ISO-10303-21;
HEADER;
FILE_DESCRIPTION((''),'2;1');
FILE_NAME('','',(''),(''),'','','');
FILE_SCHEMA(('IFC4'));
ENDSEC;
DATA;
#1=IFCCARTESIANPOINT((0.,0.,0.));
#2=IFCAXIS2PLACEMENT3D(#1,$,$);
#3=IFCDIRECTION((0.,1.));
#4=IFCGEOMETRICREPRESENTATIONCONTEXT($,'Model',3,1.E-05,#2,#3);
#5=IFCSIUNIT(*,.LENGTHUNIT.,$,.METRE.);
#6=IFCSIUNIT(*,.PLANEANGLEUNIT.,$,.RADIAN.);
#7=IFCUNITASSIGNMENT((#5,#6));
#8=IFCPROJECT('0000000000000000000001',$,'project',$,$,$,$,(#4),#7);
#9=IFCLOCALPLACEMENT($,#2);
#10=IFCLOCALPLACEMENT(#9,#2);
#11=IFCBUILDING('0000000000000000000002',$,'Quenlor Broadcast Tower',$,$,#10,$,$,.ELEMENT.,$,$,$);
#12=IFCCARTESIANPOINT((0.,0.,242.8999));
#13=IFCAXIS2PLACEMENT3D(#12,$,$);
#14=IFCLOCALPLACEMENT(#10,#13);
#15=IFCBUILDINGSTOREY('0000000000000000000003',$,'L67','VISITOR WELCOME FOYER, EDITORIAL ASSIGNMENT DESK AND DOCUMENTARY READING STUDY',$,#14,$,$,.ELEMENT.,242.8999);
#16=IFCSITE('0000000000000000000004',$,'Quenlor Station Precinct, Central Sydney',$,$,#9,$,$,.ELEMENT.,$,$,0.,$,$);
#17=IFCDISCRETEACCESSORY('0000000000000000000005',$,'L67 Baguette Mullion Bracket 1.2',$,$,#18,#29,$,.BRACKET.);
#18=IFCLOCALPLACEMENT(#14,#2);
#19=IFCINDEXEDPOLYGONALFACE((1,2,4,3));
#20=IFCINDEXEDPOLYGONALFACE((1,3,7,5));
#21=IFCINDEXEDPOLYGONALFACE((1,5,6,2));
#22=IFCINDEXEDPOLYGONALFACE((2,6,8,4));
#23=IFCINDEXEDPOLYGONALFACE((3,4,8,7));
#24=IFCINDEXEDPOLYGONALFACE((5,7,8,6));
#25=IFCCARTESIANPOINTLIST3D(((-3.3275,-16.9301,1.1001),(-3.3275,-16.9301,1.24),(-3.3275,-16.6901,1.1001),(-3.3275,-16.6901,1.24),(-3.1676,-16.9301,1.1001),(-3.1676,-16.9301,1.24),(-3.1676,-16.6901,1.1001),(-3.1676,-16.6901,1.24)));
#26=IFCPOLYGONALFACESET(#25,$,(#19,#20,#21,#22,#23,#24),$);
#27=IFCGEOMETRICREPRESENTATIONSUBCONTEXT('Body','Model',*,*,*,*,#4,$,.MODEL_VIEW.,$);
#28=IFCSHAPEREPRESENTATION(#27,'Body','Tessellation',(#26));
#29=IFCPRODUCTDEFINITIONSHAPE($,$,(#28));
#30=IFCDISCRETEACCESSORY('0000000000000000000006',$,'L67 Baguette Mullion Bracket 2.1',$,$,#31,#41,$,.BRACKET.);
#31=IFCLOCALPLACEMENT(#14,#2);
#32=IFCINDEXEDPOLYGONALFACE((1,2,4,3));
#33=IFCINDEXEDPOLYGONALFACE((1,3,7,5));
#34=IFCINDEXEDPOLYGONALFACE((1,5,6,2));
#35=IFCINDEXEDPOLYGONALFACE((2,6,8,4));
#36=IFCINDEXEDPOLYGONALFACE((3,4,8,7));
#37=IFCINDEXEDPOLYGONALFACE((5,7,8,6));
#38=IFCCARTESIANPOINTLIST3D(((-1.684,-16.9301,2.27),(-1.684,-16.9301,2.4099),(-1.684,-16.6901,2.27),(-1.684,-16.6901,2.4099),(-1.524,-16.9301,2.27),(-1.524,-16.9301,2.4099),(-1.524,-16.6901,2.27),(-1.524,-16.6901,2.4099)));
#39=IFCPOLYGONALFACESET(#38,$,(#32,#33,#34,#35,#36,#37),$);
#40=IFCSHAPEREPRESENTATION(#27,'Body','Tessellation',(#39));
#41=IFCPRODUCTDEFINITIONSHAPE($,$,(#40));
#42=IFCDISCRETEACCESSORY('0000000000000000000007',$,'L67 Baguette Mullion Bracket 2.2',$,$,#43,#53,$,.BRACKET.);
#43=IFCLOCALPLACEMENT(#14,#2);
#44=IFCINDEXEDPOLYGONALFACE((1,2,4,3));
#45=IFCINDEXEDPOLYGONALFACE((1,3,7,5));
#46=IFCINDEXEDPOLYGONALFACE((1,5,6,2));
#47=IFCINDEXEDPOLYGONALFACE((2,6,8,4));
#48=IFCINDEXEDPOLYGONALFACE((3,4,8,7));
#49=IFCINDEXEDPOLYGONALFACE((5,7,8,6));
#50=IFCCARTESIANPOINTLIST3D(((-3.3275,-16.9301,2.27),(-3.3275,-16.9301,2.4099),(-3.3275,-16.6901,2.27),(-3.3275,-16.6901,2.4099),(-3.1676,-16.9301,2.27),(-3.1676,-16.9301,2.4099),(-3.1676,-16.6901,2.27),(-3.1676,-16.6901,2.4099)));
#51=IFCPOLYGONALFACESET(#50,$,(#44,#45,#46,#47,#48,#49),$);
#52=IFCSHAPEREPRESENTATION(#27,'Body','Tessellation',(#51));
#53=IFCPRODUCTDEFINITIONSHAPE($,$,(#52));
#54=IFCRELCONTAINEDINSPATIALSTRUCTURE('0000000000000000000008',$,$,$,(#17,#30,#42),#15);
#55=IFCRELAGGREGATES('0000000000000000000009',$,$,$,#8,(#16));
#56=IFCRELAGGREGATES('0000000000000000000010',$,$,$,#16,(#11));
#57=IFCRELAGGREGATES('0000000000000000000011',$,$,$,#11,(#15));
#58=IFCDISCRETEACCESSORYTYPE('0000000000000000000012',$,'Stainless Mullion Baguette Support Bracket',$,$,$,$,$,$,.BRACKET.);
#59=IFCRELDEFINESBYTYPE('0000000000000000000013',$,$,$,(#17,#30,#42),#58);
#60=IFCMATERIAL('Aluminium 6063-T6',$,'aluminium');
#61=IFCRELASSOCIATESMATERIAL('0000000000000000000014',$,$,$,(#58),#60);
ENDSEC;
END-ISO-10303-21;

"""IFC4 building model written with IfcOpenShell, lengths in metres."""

from ifc_helpers import new_model, si_unit, direction, frame, origin, origin_2d, place, context, subcontext, project, spatial, rectangle, extrude, material, type_object, element, save


model = new_model("IFC4")

# Units and contexts
model_context = context("Model", 3, precision=1e-05, world=origin(), true_north=direction((0.0, 1.0)))
body_context = subcontext(model_context, "Body", "Model", "MODEL_VIEW")
ifc_project = project(units=[si_unit("LENGTHUNIT", "METRE"), si_unit("PLANEANGLEUNIT", "RADIAN")], contexts=[model_context])

# Site, building, storey
site_placement = place(None, origin())
site = spatial("IfcSite", under=ifc_project, at=site_placement, Name="Quenlor Station Precinct, Central Sydney", CompositionType="ELEMENT", RefElevation=0.0)
building_placement = place(site_placement, origin())
building = spatial("IfcBuilding", under=site, at=building_placement, Name="Quenlor Broadcast Tower", CompositionType="ELEMENT")
storey_placement = place(building_placement, frame((0.0, 0.0, 242.8999)))
storey = spatial("IfcBuildingStorey", under=building, at=storey_placement, Name="L67", Description="VISITOR WELCOME FOYER, EDITORIAL ASSIGNMENT DESK AND DOCUMENTARY READING STUDY", CompositionType="ELEMENT", Elevation=242.8999)

# Discrete accessories
ifc_material_1 = material(Name="Aluminium 6063-T6", Category="aluminium")
discrete_accessory_type = type_object("IfcDiscreteAccessoryType", Name="Stainless Mullion Baguette Support Bracket", PredefinedType="BRACKET", material=ifc_material_1)
for number, where, z_axis, x_axis, name in (
    (1, (-3.2476, -16.8101, 1.1001), (0.0, 0.0, 1.0), (-1.0, 0.0, 0.0), "L67 Baguette Mullion Bracket 1.2"),
    (2, (-1.604, -16.8101, 2.27), (0.0, 0.0, 1.0), (-1.0, 0.0, 0.0), "L67 Baguette Mullion Bracket 2.1"),
    (3, (-3.2476, -16.8101, 2.27), (0.0, 0.0, 1.0), (-1.0, 0.0, 0.0), "L67 Baguette Mullion Bracket 2.2"),
):
    element("IfcDiscreteAccessory", number, at=place(storey_placement, frame(where, z_axis=z_axis, x_axis=x_axis)), inside=storey, type_object=discrete_accessory_type, Name=name, PredefinedType="BRACKET", context=body_context, shape_type="SweptSolid", body=[
        extrude(rectangle(XDim=0.1599, YDim=0.24, at=origin_2d()), origin(), (0.0, 0.0, 1.0), 0.1399),
    ])

save(model, "model.ifc")
